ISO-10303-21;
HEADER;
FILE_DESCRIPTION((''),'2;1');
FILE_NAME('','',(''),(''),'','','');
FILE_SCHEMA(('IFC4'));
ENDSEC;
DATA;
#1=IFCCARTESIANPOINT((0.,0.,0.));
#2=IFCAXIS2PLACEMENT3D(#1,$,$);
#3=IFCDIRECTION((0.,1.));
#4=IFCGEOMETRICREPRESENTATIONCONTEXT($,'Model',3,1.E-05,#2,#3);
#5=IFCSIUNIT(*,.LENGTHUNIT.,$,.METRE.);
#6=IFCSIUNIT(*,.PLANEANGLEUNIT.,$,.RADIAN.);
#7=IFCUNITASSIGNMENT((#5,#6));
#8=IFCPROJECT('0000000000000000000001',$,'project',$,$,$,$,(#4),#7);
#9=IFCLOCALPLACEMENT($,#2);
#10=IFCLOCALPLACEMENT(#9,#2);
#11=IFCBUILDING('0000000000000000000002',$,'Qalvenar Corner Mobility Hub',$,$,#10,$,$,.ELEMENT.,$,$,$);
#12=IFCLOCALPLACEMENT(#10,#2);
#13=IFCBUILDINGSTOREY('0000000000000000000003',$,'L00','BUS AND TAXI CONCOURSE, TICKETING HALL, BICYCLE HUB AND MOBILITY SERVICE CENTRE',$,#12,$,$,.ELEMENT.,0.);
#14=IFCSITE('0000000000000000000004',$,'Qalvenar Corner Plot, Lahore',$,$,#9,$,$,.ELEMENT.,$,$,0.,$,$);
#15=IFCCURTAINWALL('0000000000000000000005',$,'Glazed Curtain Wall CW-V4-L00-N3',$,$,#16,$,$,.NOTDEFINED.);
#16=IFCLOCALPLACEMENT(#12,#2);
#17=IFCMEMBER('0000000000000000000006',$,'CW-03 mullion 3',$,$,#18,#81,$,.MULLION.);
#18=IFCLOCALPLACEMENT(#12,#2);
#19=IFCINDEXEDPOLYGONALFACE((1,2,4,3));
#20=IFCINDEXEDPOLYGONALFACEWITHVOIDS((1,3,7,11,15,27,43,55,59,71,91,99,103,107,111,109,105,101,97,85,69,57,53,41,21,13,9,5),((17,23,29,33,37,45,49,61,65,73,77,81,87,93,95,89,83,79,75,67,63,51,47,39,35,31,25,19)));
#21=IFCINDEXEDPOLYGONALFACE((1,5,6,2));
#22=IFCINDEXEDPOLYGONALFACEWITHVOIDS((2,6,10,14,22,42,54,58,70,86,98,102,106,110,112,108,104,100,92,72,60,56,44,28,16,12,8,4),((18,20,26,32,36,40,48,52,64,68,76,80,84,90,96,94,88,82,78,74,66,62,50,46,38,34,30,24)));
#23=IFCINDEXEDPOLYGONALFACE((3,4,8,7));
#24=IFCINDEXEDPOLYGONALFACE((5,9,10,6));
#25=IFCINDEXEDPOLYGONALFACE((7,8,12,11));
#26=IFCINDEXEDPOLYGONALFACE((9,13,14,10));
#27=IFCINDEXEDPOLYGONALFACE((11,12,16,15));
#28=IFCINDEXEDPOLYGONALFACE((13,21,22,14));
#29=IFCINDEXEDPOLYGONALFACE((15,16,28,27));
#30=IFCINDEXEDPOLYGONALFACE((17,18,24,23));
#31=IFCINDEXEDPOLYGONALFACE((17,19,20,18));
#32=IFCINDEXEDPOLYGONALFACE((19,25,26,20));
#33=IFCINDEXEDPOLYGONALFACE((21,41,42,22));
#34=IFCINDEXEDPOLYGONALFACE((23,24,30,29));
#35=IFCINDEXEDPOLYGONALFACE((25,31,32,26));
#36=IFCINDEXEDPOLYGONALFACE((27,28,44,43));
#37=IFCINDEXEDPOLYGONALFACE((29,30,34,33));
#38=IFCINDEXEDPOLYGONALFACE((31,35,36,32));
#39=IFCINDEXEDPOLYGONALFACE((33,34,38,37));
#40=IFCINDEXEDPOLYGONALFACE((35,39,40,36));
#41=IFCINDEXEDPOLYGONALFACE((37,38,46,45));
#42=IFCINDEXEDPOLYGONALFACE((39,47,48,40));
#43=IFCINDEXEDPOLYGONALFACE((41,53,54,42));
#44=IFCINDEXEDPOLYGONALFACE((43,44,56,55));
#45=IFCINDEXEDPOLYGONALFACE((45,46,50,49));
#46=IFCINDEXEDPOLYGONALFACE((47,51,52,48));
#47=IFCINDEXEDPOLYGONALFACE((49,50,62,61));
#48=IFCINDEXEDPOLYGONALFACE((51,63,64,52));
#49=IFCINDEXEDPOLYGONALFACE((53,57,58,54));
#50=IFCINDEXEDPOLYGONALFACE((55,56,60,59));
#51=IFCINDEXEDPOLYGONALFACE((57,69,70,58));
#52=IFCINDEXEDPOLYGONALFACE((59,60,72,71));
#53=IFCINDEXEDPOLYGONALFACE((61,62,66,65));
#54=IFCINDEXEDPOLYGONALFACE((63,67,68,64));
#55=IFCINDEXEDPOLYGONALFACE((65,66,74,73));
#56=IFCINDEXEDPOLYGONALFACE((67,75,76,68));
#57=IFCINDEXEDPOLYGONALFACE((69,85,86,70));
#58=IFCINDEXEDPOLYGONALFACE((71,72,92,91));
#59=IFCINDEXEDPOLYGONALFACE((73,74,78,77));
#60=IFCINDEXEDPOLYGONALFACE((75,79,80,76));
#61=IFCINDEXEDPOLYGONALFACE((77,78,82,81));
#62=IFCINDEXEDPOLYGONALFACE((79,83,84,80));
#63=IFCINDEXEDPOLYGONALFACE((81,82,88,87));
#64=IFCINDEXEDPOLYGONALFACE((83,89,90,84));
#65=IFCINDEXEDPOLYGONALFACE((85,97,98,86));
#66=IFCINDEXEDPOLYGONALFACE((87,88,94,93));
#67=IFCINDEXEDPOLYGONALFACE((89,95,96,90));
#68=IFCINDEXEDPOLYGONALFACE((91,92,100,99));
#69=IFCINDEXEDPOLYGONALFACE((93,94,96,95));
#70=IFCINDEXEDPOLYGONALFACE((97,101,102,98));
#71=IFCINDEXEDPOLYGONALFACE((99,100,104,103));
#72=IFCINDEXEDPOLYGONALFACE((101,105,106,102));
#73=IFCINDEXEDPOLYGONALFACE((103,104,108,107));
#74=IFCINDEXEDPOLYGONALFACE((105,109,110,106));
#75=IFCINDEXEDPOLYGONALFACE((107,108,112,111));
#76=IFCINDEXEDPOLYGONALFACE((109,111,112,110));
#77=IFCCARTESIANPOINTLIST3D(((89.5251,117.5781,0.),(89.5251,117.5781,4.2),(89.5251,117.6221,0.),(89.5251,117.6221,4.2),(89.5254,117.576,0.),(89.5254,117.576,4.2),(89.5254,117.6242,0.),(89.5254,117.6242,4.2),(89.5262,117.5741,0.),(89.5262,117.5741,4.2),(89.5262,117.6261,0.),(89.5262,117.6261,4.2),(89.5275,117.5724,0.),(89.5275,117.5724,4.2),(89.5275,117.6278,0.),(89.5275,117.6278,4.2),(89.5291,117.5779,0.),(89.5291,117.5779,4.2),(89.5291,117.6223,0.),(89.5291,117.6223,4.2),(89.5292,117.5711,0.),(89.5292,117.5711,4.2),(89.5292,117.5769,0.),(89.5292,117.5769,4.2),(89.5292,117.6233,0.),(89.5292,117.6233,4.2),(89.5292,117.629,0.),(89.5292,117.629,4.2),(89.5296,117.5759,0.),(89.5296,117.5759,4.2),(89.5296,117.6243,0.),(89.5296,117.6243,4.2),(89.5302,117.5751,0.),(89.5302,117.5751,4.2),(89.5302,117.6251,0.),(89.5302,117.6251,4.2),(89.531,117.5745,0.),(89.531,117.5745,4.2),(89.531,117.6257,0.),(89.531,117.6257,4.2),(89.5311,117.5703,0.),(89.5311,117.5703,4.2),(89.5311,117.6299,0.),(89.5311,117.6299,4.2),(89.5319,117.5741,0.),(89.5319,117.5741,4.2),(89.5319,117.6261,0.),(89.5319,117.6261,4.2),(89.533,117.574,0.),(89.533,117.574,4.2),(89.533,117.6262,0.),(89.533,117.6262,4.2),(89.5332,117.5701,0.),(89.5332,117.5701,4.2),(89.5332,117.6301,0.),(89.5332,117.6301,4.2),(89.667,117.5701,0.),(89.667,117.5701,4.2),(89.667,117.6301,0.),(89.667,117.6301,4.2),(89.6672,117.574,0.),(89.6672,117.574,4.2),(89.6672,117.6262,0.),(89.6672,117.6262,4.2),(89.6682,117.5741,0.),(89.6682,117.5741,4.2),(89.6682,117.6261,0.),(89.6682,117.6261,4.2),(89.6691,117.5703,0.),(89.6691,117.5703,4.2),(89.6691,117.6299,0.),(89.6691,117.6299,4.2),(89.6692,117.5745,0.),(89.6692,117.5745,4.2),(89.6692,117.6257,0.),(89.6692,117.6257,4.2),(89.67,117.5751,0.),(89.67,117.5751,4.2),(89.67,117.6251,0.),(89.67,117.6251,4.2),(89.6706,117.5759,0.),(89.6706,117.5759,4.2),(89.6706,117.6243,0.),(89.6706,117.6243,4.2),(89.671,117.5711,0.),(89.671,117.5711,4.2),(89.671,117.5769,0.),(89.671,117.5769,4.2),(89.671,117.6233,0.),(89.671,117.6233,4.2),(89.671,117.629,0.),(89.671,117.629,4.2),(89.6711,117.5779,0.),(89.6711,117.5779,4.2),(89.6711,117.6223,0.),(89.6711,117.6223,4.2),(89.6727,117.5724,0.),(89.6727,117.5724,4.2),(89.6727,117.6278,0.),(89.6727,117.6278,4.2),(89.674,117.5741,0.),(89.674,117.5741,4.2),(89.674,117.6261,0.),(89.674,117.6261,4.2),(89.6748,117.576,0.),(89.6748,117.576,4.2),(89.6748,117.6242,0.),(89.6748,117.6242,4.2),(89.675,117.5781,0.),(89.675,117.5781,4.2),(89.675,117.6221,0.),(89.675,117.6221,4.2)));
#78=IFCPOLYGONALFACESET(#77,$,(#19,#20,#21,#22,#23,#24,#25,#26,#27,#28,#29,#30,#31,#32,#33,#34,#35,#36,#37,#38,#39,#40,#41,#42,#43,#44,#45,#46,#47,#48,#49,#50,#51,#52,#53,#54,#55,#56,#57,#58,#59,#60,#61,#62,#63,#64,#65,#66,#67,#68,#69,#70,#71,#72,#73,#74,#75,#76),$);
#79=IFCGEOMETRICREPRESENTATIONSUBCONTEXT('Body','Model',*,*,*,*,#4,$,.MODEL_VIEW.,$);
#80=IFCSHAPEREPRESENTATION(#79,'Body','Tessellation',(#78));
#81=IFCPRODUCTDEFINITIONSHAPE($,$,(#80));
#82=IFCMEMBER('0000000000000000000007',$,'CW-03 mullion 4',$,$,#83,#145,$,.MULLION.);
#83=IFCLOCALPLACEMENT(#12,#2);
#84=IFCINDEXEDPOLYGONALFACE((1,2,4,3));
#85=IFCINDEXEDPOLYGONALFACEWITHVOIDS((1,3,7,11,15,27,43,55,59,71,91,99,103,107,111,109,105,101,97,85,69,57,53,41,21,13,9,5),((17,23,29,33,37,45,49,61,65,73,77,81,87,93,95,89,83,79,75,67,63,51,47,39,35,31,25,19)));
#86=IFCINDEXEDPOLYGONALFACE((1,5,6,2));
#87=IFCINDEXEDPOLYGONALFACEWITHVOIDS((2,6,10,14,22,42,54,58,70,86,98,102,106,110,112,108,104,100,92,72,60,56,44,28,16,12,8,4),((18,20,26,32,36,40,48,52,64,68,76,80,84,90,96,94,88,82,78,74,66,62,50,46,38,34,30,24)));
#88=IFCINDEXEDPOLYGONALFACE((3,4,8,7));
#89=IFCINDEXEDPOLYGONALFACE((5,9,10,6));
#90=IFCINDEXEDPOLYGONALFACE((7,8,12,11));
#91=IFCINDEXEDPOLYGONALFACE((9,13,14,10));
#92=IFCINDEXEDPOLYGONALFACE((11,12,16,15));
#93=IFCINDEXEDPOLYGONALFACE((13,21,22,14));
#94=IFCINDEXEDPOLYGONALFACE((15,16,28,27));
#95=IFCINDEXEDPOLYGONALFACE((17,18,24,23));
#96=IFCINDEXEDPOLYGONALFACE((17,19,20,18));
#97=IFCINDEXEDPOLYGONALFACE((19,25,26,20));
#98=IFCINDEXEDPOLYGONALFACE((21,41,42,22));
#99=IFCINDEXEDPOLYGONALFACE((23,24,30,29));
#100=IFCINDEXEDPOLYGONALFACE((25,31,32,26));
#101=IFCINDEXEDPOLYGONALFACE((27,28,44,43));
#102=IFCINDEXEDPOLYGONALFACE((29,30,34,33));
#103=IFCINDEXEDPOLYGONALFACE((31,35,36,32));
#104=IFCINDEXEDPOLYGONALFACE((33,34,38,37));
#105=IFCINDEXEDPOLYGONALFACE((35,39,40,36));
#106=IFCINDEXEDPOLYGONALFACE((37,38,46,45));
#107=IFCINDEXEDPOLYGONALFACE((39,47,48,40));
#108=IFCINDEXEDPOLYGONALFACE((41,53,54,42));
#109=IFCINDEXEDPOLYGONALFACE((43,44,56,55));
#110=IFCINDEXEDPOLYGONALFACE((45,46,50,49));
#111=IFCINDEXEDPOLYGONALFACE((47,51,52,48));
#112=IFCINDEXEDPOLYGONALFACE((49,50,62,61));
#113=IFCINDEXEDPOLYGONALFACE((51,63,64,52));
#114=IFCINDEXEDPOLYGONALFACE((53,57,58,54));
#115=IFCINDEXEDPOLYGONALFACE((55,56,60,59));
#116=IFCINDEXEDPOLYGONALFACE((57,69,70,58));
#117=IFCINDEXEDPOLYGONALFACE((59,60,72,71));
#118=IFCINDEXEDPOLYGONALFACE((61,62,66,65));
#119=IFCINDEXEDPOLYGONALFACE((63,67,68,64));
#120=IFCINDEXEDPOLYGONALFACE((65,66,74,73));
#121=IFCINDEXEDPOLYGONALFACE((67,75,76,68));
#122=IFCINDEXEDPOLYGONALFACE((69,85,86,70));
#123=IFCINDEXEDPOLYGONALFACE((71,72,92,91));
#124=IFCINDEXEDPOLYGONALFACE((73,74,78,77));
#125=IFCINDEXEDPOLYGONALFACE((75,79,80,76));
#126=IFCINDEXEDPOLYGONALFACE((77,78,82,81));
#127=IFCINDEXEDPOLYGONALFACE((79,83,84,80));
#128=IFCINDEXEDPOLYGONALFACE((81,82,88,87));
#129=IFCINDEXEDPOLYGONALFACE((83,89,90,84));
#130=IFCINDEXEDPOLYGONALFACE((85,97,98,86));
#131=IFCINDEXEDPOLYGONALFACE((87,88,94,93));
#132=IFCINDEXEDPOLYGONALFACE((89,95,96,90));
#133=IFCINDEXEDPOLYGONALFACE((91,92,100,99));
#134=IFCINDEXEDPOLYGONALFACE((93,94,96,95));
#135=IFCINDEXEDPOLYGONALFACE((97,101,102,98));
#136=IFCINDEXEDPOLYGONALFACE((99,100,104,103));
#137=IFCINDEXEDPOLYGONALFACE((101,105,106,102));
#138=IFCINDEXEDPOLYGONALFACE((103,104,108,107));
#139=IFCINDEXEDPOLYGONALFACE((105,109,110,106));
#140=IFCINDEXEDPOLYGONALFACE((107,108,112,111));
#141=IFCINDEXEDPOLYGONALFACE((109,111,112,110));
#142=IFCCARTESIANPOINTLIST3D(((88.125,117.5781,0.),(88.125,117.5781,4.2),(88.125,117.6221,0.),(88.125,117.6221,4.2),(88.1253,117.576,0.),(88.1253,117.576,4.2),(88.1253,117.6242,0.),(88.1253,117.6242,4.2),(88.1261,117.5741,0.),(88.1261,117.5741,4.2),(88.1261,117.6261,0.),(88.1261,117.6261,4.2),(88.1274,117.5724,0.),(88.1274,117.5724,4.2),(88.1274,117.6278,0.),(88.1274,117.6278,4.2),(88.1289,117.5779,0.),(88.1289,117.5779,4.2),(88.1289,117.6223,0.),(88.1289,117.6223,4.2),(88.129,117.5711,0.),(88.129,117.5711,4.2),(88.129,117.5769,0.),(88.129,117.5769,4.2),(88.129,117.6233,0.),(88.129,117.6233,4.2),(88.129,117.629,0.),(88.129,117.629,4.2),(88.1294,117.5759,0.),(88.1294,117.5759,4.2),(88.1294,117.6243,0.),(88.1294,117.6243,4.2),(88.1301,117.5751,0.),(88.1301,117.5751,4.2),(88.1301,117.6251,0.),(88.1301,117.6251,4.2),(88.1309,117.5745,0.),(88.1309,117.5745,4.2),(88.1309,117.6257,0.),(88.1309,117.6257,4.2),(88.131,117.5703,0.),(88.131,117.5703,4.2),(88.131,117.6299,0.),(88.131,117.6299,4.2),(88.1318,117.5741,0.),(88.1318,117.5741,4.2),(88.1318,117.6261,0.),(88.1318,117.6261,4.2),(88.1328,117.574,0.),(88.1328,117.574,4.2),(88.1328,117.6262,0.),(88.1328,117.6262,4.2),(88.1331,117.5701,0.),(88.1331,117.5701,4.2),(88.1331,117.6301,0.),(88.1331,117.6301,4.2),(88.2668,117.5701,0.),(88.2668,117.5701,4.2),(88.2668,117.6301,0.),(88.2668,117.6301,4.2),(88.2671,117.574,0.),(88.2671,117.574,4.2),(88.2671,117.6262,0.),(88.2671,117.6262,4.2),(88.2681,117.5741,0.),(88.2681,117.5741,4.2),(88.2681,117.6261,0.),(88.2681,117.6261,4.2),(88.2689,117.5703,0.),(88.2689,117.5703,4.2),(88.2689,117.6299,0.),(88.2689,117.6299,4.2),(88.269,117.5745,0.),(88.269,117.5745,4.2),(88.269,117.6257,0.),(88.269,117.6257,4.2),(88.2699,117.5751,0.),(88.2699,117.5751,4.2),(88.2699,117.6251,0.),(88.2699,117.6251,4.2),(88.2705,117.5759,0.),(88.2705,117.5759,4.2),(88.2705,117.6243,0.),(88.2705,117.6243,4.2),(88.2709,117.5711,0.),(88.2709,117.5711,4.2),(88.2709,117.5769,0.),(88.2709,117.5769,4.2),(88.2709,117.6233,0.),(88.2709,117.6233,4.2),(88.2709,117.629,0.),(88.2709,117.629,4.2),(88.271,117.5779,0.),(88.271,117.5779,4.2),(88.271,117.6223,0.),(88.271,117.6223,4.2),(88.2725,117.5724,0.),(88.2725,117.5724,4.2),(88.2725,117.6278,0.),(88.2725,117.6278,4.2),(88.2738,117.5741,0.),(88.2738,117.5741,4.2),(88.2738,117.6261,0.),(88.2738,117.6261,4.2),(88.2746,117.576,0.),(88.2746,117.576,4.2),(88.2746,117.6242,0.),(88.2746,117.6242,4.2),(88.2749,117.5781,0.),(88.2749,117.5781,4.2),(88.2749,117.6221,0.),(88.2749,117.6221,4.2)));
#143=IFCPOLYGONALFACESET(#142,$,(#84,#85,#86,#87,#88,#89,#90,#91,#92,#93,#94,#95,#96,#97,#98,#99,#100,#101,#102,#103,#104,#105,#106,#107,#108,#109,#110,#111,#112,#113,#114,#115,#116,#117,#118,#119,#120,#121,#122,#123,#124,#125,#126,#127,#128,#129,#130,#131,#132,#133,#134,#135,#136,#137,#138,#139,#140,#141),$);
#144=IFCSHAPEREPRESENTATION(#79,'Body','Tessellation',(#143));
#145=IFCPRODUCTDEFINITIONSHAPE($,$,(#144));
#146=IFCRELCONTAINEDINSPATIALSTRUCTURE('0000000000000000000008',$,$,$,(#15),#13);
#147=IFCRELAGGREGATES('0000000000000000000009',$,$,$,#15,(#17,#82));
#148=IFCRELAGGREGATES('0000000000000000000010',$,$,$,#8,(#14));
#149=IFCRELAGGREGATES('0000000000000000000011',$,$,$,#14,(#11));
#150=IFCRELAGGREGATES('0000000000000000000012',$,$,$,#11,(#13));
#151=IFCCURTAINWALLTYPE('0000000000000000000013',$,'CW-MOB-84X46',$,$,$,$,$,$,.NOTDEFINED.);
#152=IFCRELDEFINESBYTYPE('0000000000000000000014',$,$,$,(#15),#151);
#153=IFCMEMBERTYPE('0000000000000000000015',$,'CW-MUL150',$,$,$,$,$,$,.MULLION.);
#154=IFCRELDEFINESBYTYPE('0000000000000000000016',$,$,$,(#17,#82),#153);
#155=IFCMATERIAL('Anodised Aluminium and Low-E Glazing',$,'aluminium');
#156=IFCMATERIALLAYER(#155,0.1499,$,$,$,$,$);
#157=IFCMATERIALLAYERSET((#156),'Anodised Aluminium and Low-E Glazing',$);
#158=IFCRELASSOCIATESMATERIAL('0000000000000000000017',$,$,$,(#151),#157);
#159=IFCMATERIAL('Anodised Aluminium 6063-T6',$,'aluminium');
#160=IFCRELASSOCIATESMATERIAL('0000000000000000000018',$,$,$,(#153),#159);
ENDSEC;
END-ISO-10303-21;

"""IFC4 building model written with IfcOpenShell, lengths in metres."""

from ifc_helpers import new_model, si_unit, direction, frame, origin, origin_2d, place, context, subcontext, project, spatial, hollow_rectangle, extrude, material, layer, layer_set, material_profile, profile_set, type_object, element, aggregate, save


model = new_model("IFC4")

# Units and contexts
model_context = context("Model", 3, precision=1e-05, world=origin(), true_north=direction((0.0, 1.0)))
body_context = subcontext(model_context, "Body", "Model", "MODEL_VIEW")
ifc_project = project(units=[si_unit("LENGTHUNIT", "METRE"), si_unit("PLANEANGLEUNIT", "RADIAN")], contexts=[model_context])

# Site, building, storey
site_placement = place(None, origin())
site = spatial("IfcSite", under=ifc_project, at=site_placement, Name="Qalvenar Corner Plot, Lahore", CompositionType="ELEMENT", RefElevation=0.0)
building_placement = place(site_placement, origin())
building = spatial("IfcBuilding", under=site, at=building_placement, Name="Qalvenar Corner Mobility Hub", CompositionType="ELEMENT")
storey_placement = place(building_placement, origin())
storey = spatial("IfcBuildingStorey", under=building, at=storey_placement, Name="L00", Description="BUS AND TAXI CONCOURSE, TICKETING HALL, BICYCLE HUB AND MOBILITY SERVICE CENTRE", CompositionType="ELEMENT", Elevation=0.0)

# Curtain wall, members
ifc_material_1 = material(Name="Anodised Aluminium and Low-E Glazing", Category="aluminium")
ifc_layer_1 = layer(ifc_material_1, 0.1499)
ifc_layer_set_1 = layer_set([ifc_layer_1], Name="Anodised Aluminium and Low-E Glazing")
curtain_wall_type = type_object("IfcCurtainWallType", Name="CW-MOB-84X46", PredefinedType="NOTDEFINED", material=ifc_layer_set_1)
curtain_wall_placement = place(storey_placement, origin())
curtain_wall = element("IfcCurtainWall", 1, at=curtain_wall_placement, inside=storey, type_object=curtain_wall_type, Name="Glazed Curtain Wall CW-V4-L00-N3", PredefinedType="NOTDEFINED")
ifc_material_2 = material(Name="Anodised Aluminium 6063-T6", Category="aluminium")
ifc_material_profile_1 = material_profile(ifc_material_2, hollow_rectangle(XDim=0.0601, YDim=0.1499, WallThickness=0.0039, InnerFilletRadius=0.0039, OuterFilletRadius=0.0081, at=origin_2d()), Name="RHS150x60x4")
ifc_profile_set_1 = profile_set([ifc_material_profile_1], Name="Anodised Aluminium 6063-T6")
member_type_1 = type_object("IfcMemberType", Name="CW-MUL150", PredefinedType="MULLION", material=ifc_profile_set_1)
member_1_placement = place(storey_placement, frame((89.6001, 117.6001, 0.0), z_axis=(0.0, 0.0, 1.0), x_axis=(0.0, -1.0, 0.0)))
member_1 = element("IfcMember", 2, at=member_1_placement, type_object=member_type_1, Name="CW-03 mullion 3", PredefinedType="MULLION", context=body_context, shape_type="SweptSolid", body=[
    extrude(hollow_rectangle(XDim=0.0601, YDim=0.1499, WallThickness=0.0039, InnerFilletRadius=0.0039, OuterFilletRadius=0.0081, at=origin_2d()), origin(), (0.0, 0.0, 1.0), 4.2),
])
member_2_placement = place(storey_placement, frame((88.2, 117.6001, 0.0), z_axis=(0.0, 0.0, 1.0), x_axis=(0.0, -1.0, 0.0)))
member_2 = element("IfcMember", 3, at=member_2_placement, type_object=member_type_1, Name="CW-03 mullion 4", PredefinedType="MULLION", context=body_context, shape_type="SweptSolid", body=[
    extrude(hollow_rectangle(XDim=0.0601, YDim=0.1499, WallThickness=0.0039, InnerFilletRadius=0.0039, OuterFilletRadius=0.0081, at=origin_2d()), origin(), (0.0, 0.0, 1.0), 4.2),
])
aggregate(curtain_wall, [member_1, member_2])

save(model, "model.ifc")
